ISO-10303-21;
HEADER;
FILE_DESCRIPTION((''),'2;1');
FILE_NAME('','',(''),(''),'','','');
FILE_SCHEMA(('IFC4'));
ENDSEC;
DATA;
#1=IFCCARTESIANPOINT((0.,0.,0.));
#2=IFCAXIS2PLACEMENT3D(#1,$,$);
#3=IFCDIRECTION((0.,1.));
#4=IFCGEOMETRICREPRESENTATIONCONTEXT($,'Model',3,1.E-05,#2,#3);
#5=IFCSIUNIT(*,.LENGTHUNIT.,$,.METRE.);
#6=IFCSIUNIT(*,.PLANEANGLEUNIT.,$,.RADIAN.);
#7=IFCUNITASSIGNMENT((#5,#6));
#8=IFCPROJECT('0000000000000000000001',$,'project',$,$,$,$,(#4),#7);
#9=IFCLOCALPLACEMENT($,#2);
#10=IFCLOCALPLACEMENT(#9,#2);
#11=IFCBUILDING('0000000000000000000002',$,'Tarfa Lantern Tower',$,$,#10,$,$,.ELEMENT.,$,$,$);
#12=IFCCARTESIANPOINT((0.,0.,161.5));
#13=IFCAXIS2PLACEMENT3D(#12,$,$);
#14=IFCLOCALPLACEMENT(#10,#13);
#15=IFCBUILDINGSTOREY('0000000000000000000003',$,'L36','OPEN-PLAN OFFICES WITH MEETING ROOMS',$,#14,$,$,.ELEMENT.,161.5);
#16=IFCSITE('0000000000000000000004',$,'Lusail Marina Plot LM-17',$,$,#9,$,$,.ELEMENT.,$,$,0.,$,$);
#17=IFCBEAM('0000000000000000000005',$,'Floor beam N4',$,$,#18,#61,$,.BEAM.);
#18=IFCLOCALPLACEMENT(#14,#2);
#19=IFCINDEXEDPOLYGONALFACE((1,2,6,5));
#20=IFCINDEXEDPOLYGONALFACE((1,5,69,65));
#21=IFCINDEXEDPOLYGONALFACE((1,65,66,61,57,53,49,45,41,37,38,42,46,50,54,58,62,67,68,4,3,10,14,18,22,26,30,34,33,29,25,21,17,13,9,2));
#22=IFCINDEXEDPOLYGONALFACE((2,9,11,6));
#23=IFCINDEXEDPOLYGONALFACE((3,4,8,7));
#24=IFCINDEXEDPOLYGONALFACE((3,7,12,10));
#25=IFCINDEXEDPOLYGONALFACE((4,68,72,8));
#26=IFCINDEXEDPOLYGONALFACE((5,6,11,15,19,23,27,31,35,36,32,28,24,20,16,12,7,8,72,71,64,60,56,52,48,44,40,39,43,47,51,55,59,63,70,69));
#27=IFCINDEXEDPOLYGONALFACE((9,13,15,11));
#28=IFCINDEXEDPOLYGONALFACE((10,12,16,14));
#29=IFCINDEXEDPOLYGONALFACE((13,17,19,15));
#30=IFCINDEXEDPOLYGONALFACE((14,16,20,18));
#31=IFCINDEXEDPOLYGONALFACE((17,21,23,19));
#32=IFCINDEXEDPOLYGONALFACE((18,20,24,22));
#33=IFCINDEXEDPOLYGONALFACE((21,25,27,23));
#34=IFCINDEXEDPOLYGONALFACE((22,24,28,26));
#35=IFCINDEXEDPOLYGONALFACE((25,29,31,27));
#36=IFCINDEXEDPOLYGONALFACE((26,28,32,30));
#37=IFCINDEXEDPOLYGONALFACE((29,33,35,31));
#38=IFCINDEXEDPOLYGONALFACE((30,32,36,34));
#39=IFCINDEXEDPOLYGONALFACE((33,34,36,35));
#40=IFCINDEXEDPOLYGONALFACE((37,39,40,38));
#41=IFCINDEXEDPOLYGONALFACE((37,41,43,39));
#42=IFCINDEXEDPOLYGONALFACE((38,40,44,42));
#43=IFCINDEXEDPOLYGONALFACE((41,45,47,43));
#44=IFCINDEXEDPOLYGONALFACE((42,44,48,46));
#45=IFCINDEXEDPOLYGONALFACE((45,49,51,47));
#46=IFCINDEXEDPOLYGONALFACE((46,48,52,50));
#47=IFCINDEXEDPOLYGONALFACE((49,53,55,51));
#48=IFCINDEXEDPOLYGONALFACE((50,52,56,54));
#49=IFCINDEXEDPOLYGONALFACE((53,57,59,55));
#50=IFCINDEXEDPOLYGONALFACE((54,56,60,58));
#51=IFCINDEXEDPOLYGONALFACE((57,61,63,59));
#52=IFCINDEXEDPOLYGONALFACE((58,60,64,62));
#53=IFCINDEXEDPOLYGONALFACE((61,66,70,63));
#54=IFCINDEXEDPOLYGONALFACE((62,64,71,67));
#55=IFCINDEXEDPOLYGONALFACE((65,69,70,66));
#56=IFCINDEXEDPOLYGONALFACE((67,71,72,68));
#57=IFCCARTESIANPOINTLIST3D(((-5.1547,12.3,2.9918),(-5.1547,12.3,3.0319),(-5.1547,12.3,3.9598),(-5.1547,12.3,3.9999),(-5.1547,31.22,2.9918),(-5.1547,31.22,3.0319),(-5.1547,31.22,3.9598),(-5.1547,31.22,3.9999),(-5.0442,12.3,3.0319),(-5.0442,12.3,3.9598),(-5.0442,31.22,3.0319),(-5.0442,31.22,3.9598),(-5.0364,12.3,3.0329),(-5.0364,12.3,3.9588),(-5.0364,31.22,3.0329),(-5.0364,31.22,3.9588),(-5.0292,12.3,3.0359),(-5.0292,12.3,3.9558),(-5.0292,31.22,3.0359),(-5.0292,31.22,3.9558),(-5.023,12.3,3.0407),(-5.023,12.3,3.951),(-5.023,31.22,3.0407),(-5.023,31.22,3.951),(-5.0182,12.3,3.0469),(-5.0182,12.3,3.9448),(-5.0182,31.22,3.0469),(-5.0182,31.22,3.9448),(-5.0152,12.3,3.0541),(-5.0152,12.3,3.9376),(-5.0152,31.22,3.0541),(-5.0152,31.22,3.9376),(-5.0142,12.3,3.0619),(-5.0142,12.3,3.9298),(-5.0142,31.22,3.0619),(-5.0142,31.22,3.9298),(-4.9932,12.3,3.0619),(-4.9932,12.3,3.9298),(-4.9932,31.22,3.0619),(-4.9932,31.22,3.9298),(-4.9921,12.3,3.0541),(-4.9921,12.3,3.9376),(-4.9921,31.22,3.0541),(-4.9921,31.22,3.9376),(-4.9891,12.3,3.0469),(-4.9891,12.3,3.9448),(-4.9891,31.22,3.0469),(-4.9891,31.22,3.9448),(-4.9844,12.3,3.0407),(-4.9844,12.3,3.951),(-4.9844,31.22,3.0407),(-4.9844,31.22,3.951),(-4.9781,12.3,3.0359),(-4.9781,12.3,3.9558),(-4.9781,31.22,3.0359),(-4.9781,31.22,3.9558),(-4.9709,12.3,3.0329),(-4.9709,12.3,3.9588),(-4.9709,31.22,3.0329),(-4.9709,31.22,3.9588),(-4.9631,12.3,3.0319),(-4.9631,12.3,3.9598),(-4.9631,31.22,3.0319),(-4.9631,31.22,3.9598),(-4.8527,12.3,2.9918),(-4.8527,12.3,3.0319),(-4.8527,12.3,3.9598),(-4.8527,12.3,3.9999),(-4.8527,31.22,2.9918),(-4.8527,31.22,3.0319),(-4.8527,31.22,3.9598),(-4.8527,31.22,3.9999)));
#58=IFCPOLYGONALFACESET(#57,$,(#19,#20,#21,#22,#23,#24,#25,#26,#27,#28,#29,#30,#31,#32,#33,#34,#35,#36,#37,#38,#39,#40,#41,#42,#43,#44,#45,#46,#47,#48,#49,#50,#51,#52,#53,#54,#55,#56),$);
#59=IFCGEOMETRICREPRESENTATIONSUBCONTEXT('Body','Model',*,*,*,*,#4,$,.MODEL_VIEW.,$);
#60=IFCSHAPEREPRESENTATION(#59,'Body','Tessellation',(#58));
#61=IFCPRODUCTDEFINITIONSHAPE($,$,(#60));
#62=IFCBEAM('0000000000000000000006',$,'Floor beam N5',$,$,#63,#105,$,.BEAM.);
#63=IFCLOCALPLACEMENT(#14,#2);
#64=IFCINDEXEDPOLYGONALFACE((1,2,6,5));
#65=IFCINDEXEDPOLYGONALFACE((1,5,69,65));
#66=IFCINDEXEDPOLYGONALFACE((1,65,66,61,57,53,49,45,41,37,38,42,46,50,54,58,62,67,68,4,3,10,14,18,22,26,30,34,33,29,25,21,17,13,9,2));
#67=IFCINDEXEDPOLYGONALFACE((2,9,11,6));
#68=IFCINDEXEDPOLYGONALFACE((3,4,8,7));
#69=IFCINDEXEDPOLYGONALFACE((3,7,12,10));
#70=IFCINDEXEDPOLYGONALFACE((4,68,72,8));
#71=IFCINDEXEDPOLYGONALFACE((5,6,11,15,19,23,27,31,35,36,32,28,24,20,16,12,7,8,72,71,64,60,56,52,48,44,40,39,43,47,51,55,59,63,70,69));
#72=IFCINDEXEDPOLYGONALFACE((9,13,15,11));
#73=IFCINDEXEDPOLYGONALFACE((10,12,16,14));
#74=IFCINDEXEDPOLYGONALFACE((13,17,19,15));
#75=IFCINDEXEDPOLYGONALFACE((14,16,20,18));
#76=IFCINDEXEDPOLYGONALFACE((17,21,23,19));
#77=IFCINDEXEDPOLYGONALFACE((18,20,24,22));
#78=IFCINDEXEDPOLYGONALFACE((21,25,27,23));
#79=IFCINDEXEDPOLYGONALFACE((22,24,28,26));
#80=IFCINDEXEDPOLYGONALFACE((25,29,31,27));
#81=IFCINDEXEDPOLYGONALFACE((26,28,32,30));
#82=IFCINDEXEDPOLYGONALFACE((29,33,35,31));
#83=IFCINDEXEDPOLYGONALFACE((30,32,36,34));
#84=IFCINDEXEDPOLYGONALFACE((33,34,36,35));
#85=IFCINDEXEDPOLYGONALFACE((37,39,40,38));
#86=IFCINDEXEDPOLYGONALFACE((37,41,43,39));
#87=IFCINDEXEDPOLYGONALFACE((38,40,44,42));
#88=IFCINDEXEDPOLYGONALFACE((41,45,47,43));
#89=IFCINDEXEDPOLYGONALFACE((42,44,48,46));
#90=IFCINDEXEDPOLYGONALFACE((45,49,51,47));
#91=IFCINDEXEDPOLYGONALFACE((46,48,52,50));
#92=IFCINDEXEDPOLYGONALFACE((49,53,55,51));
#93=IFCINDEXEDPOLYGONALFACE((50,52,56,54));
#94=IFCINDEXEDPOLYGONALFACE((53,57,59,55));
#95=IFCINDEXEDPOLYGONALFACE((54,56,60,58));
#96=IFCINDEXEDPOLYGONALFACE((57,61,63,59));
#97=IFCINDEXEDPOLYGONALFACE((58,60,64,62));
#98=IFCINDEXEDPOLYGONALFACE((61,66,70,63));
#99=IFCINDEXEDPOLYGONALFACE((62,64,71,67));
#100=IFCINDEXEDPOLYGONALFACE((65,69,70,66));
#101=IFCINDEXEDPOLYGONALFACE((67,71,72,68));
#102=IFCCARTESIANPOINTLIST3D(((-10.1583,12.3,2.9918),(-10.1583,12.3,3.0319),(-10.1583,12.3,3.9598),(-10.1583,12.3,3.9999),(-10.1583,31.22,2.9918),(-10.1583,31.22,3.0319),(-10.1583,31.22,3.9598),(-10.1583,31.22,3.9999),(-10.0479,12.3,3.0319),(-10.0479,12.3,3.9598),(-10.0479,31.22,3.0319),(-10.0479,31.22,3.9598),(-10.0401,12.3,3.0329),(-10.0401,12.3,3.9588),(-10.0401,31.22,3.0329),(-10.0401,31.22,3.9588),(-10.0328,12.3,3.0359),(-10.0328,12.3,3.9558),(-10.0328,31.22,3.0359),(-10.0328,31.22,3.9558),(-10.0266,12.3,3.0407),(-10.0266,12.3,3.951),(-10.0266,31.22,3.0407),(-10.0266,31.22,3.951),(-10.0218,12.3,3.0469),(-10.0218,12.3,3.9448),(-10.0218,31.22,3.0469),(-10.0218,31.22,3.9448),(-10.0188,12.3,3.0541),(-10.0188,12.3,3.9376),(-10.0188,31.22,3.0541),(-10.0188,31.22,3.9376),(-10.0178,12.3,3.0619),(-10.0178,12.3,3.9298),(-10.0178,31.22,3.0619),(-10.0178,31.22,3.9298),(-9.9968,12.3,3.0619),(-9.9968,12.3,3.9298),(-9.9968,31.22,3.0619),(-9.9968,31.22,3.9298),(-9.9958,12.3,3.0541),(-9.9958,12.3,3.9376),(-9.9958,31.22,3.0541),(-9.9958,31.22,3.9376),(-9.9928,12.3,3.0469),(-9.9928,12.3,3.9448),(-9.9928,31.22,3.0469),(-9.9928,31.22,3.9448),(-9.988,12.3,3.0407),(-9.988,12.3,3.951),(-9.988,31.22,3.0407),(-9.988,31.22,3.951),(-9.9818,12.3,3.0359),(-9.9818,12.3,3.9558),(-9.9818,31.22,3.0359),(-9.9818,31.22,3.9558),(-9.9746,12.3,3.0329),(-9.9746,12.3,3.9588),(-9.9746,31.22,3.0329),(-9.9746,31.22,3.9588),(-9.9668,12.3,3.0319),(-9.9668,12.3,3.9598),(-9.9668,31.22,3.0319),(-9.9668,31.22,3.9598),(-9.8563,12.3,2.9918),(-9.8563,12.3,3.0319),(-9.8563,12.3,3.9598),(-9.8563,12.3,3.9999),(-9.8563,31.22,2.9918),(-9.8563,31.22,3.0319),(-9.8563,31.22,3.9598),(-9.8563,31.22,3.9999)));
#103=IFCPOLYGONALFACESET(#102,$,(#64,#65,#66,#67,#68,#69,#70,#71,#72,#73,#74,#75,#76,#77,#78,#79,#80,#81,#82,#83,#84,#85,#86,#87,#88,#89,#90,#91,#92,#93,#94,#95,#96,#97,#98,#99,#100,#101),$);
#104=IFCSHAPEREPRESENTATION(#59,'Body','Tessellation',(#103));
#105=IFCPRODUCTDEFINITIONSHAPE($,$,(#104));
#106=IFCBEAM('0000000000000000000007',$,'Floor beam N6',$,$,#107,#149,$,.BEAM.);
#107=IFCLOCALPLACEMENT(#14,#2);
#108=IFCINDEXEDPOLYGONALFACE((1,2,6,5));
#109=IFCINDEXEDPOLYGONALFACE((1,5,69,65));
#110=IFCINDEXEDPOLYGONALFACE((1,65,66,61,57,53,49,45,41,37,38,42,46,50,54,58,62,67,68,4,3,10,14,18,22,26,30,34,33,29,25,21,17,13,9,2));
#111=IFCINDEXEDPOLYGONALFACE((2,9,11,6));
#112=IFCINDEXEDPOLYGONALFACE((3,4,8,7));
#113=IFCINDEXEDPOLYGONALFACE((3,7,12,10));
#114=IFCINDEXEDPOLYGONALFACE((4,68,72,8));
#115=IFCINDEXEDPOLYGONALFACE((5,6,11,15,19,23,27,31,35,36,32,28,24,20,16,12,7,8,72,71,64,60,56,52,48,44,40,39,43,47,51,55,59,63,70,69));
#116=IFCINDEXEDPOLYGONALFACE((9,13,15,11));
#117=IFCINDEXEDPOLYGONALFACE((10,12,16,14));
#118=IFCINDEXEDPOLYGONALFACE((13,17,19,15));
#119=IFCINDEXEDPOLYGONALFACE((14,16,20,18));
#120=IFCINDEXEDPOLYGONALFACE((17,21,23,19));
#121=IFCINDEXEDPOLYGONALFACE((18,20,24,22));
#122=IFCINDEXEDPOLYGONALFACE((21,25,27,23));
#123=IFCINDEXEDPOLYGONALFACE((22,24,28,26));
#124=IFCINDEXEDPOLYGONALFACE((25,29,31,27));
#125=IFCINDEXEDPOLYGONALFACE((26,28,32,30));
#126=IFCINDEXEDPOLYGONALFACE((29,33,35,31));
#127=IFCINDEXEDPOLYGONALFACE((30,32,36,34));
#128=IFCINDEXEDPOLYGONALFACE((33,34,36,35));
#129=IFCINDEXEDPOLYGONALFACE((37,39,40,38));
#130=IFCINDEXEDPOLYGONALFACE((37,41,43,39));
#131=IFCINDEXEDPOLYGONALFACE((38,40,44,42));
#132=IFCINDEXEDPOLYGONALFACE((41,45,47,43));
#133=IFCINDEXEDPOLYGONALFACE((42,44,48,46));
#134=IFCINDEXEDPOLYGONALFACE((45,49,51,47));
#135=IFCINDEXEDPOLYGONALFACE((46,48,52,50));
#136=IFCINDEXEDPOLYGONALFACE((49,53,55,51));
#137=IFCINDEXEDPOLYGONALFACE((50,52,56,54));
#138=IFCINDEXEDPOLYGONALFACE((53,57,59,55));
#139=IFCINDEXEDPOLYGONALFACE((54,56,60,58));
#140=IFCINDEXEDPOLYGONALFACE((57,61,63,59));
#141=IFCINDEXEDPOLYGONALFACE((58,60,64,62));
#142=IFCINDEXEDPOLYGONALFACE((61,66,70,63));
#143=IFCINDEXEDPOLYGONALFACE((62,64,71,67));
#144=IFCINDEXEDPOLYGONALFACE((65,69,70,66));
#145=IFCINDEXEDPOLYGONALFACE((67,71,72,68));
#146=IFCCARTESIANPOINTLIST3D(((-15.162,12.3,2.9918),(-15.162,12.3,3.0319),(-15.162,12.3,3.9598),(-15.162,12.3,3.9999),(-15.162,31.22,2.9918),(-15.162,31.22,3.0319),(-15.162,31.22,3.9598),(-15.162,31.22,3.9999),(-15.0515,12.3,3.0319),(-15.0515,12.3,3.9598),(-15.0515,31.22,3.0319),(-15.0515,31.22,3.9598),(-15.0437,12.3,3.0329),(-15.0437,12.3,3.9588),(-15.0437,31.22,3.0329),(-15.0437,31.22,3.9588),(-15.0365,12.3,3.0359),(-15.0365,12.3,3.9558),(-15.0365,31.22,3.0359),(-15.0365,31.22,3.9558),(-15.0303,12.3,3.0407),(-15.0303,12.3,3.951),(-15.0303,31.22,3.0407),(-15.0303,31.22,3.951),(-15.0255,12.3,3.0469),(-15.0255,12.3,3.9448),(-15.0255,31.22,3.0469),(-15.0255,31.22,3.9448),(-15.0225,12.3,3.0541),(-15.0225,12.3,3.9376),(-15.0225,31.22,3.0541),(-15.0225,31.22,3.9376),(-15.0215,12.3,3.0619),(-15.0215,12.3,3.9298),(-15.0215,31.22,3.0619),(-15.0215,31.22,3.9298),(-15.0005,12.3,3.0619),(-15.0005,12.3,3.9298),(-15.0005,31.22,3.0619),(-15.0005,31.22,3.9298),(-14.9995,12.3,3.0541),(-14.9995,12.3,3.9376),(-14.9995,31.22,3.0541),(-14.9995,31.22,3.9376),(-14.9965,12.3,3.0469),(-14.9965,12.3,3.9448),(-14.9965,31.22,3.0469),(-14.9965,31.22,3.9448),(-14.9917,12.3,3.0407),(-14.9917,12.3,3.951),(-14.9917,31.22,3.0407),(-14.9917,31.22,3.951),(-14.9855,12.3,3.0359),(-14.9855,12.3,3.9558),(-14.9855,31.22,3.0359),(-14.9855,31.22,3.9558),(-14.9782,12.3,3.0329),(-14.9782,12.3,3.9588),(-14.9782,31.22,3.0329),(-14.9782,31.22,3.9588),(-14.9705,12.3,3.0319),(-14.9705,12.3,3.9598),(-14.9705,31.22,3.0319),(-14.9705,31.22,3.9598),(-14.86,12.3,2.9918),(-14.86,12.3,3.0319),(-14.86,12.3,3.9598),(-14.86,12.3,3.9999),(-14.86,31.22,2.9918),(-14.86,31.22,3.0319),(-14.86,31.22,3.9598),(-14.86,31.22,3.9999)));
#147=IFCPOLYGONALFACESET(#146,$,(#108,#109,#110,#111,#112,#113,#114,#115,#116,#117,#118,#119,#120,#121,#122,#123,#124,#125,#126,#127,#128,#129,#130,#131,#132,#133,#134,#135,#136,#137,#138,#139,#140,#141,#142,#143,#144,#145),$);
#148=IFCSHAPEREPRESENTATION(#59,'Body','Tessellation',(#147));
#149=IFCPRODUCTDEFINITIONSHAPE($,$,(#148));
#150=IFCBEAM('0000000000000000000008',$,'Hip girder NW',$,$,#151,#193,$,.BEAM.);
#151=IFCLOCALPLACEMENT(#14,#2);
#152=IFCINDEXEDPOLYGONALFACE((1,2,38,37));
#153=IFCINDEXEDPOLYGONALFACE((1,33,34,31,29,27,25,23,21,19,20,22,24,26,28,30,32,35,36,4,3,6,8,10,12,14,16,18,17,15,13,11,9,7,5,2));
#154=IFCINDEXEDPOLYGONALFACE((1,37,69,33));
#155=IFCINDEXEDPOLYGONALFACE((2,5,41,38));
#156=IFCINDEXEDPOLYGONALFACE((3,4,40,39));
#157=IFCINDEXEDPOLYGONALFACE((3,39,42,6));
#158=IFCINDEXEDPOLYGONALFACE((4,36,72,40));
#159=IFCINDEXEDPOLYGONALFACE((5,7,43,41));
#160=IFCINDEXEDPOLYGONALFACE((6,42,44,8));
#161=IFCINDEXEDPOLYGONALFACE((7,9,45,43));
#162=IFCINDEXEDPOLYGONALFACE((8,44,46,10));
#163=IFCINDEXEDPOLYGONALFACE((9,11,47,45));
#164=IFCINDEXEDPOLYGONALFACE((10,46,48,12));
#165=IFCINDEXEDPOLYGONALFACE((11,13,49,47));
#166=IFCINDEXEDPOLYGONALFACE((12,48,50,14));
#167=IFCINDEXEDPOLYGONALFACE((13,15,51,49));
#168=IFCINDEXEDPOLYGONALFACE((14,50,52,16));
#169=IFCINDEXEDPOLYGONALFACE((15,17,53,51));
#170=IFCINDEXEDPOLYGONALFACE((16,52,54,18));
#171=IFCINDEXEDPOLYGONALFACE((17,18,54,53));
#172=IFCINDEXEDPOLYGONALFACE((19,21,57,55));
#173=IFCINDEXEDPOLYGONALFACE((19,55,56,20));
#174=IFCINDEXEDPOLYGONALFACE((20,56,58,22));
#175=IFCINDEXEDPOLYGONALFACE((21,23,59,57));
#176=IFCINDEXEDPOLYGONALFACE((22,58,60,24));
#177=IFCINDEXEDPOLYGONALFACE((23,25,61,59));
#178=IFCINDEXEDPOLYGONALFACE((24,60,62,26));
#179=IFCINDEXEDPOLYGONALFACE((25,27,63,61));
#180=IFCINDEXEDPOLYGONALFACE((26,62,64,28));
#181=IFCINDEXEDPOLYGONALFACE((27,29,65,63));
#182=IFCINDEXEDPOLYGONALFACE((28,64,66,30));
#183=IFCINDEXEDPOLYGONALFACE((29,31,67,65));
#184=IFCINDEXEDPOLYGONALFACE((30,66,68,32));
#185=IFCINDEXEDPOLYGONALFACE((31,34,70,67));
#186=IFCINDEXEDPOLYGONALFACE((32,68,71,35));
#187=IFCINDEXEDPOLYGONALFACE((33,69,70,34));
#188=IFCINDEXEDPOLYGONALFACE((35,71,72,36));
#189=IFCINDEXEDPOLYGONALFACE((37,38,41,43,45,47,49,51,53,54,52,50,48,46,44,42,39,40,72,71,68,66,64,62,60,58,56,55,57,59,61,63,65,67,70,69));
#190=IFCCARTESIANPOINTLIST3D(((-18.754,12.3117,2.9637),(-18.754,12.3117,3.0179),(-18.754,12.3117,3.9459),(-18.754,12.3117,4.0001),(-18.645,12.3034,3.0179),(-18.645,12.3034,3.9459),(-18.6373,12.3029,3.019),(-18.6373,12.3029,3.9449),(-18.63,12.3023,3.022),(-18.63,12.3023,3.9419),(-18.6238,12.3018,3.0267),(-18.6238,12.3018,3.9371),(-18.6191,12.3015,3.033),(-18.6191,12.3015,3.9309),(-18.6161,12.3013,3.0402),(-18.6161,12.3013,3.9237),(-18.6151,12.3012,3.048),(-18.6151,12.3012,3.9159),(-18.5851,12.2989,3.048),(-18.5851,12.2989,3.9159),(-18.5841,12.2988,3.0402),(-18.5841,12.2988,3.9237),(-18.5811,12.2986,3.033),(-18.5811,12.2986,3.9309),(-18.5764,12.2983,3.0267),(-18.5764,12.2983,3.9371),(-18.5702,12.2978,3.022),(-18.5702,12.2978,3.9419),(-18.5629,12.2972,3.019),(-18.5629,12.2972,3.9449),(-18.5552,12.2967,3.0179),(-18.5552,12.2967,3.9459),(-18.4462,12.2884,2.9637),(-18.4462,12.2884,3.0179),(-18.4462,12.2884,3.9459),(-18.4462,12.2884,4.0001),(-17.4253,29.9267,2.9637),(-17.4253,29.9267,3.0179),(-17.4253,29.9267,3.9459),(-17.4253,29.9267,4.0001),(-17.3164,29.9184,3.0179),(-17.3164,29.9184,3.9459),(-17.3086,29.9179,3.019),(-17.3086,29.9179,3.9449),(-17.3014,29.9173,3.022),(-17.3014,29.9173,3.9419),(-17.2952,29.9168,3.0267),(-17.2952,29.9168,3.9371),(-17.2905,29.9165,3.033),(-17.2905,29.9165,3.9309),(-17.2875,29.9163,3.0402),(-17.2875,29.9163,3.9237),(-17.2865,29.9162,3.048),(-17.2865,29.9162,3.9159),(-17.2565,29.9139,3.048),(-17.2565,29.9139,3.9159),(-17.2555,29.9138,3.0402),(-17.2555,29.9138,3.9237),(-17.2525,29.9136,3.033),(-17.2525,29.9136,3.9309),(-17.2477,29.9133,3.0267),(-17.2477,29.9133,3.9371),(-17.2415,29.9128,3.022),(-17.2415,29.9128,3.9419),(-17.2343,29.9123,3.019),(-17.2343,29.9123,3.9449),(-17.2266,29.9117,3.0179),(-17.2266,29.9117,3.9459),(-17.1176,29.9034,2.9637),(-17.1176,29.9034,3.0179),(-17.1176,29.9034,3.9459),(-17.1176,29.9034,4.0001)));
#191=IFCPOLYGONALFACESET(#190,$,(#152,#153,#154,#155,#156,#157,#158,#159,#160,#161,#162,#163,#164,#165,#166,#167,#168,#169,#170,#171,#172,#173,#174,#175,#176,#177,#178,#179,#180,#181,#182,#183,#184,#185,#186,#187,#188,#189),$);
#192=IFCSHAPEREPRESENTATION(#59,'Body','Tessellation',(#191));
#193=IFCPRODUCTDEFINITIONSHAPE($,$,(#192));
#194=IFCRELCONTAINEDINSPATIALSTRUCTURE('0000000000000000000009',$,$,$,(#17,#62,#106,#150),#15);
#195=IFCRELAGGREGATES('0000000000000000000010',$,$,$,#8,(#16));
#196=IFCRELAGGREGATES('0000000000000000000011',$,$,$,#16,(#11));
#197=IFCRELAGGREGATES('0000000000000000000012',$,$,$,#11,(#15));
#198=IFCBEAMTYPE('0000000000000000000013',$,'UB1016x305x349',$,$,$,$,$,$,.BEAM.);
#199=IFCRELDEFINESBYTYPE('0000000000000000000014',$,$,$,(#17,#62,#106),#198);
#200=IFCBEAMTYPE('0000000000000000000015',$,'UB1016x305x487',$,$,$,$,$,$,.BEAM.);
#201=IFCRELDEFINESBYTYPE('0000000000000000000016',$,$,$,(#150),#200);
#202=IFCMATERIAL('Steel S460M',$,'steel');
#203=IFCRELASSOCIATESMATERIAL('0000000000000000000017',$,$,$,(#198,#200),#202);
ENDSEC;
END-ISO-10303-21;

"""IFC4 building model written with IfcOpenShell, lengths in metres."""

from ifc_helpers import new_model, si_unit, direction, frame, origin, origin_2d, place, context, subcontext, project, spatial, i_section, extrude, material, material_profile, profile_set, type_object, element, save


model = new_model("IFC4")

# Units and contexts
model_context = context("Model", 3, precision=1e-05, world=origin(), true_north=direction((0.0, 1.0)))
body_context = subcontext(model_context, "Body", "Model", "MODEL_VIEW")
ifc_project = project(units=[si_unit("LENGTHUNIT", "METRE"), si_unit("PLANEANGLEUNIT", "RADIAN")], contexts=[model_context])

# Site, building, storey
site_placement = place(None, origin())
site = spatial("IfcSite", under=ifc_project, at=site_placement, Name="Lusail Marina Plot LM-17", CompositionType="ELEMENT", RefElevation=0.0)
building_placement = place(site_placement, origin())
building = spatial("IfcBuilding", under=site, at=building_placement, Name="Tarfa Lantern Tower", CompositionType="ELEMENT")
storey_placement = place(building_placement, frame((0.0, 0.0, 161.5)))
storey = spatial("IfcBuildingStorey", under=building, at=storey_placement, Name="L36", Description="OPEN-PLAN OFFICES WITH MEETING ROOMS", CompositionType="ELEMENT", Elevation=161.5)

# Beams
ifc_material_1 = material(Name="Steel S460M", Category="steel")
ifc_material_profile_1 = material_profile(ifc_material_1, i_section(OverallWidth=0.302, OverallDepth=1.0081, WebThickness=0.021, FlangeThickness=0.04, FilletRadius=0.03, at=origin_2d()), Name="UB1016x305x349")
ifc_profile_set_1 = profile_set([ifc_material_profile_1], Name="Steel S460M")
beam_type_1 = type_object("IfcBeamType", Name="UB1016x305x349", PredefinedType="BEAM", material=ifc_profile_set_1)
for number, where, z_axis, x_axis, name in (
    (1, (-5.0037, 31.22, 3.4958), (0.0, -1.0, 0.0), (1.0, 0.0, 0.0), "Floor beam N4"),
    (2, (-10.0073, 31.22, 3.4958), (0.0, -1.0, 0.0), (1.0, 0.0, 0.0), "Floor beam N5"),
    (3, (-15.011, 31.22, 3.4958), (0.0, -1.0, 0.0), (1.0, 0.0, 0.0), "Floor beam N6"),
):
    element("IfcBeam", number, at=place(storey_placement, frame(where, z_axis=z_axis, x_axis=x_axis)), inside=storey, type_object=beam_type_1, Name=name, PredefinedType="BEAM", context=body_context, shape_type="SweptSolid", body=[
        extrude(i_section(OverallWidth=0.302, OverallDepth=1.0081, WebThickness=0.021, FlangeThickness=0.04, FilletRadius=0.03, at=origin_2d()), origin(), (0.0, 0.0, 1.0), 18.9199),
    ])
ifc_material_profile_2 = material_profile(ifc_material_1, i_section(OverallWidth=0.3086, OverallDepth=1.0364, WebThickness=0.03, FlangeThickness=0.0542, FilletRadius=0.03, at=origin_2d()), Name="UB1016x305x487")
ifc_profile_set_2 = profile_set([ifc_material_profile_2], Name="Steel S460M")
beam_type_2 = type_object("IfcBeamType", Name="UB1016x305x487", PredefinedType="BEAM", material=ifc_profile_set_2)
beam_1_placement = place(storey_placement, frame((-18.6001, 12.3, 3.4819), z_axis=(0.075212, 0.997168, 0.0), x_axis=(-0.997168, 0.075212, 0.0)))
element("IfcBeam", 4, at=beam_1_placement, inside=storey, type_object=beam_type_2, Name="Hip girder NW", PredefinedType="BEAM", context=body_context, shape_type="SweptSolid", body=[
    extrude(i_section(OverallWidth=0.3086, OverallDepth=1.0364, WebThickness=0.03, FlangeThickness=0.0542, FilletRadius=0.03, at=origin_2d()), origin(), (0.0, 0.0, 1.0), 17.665),
])

save(model, "model.ifc")
